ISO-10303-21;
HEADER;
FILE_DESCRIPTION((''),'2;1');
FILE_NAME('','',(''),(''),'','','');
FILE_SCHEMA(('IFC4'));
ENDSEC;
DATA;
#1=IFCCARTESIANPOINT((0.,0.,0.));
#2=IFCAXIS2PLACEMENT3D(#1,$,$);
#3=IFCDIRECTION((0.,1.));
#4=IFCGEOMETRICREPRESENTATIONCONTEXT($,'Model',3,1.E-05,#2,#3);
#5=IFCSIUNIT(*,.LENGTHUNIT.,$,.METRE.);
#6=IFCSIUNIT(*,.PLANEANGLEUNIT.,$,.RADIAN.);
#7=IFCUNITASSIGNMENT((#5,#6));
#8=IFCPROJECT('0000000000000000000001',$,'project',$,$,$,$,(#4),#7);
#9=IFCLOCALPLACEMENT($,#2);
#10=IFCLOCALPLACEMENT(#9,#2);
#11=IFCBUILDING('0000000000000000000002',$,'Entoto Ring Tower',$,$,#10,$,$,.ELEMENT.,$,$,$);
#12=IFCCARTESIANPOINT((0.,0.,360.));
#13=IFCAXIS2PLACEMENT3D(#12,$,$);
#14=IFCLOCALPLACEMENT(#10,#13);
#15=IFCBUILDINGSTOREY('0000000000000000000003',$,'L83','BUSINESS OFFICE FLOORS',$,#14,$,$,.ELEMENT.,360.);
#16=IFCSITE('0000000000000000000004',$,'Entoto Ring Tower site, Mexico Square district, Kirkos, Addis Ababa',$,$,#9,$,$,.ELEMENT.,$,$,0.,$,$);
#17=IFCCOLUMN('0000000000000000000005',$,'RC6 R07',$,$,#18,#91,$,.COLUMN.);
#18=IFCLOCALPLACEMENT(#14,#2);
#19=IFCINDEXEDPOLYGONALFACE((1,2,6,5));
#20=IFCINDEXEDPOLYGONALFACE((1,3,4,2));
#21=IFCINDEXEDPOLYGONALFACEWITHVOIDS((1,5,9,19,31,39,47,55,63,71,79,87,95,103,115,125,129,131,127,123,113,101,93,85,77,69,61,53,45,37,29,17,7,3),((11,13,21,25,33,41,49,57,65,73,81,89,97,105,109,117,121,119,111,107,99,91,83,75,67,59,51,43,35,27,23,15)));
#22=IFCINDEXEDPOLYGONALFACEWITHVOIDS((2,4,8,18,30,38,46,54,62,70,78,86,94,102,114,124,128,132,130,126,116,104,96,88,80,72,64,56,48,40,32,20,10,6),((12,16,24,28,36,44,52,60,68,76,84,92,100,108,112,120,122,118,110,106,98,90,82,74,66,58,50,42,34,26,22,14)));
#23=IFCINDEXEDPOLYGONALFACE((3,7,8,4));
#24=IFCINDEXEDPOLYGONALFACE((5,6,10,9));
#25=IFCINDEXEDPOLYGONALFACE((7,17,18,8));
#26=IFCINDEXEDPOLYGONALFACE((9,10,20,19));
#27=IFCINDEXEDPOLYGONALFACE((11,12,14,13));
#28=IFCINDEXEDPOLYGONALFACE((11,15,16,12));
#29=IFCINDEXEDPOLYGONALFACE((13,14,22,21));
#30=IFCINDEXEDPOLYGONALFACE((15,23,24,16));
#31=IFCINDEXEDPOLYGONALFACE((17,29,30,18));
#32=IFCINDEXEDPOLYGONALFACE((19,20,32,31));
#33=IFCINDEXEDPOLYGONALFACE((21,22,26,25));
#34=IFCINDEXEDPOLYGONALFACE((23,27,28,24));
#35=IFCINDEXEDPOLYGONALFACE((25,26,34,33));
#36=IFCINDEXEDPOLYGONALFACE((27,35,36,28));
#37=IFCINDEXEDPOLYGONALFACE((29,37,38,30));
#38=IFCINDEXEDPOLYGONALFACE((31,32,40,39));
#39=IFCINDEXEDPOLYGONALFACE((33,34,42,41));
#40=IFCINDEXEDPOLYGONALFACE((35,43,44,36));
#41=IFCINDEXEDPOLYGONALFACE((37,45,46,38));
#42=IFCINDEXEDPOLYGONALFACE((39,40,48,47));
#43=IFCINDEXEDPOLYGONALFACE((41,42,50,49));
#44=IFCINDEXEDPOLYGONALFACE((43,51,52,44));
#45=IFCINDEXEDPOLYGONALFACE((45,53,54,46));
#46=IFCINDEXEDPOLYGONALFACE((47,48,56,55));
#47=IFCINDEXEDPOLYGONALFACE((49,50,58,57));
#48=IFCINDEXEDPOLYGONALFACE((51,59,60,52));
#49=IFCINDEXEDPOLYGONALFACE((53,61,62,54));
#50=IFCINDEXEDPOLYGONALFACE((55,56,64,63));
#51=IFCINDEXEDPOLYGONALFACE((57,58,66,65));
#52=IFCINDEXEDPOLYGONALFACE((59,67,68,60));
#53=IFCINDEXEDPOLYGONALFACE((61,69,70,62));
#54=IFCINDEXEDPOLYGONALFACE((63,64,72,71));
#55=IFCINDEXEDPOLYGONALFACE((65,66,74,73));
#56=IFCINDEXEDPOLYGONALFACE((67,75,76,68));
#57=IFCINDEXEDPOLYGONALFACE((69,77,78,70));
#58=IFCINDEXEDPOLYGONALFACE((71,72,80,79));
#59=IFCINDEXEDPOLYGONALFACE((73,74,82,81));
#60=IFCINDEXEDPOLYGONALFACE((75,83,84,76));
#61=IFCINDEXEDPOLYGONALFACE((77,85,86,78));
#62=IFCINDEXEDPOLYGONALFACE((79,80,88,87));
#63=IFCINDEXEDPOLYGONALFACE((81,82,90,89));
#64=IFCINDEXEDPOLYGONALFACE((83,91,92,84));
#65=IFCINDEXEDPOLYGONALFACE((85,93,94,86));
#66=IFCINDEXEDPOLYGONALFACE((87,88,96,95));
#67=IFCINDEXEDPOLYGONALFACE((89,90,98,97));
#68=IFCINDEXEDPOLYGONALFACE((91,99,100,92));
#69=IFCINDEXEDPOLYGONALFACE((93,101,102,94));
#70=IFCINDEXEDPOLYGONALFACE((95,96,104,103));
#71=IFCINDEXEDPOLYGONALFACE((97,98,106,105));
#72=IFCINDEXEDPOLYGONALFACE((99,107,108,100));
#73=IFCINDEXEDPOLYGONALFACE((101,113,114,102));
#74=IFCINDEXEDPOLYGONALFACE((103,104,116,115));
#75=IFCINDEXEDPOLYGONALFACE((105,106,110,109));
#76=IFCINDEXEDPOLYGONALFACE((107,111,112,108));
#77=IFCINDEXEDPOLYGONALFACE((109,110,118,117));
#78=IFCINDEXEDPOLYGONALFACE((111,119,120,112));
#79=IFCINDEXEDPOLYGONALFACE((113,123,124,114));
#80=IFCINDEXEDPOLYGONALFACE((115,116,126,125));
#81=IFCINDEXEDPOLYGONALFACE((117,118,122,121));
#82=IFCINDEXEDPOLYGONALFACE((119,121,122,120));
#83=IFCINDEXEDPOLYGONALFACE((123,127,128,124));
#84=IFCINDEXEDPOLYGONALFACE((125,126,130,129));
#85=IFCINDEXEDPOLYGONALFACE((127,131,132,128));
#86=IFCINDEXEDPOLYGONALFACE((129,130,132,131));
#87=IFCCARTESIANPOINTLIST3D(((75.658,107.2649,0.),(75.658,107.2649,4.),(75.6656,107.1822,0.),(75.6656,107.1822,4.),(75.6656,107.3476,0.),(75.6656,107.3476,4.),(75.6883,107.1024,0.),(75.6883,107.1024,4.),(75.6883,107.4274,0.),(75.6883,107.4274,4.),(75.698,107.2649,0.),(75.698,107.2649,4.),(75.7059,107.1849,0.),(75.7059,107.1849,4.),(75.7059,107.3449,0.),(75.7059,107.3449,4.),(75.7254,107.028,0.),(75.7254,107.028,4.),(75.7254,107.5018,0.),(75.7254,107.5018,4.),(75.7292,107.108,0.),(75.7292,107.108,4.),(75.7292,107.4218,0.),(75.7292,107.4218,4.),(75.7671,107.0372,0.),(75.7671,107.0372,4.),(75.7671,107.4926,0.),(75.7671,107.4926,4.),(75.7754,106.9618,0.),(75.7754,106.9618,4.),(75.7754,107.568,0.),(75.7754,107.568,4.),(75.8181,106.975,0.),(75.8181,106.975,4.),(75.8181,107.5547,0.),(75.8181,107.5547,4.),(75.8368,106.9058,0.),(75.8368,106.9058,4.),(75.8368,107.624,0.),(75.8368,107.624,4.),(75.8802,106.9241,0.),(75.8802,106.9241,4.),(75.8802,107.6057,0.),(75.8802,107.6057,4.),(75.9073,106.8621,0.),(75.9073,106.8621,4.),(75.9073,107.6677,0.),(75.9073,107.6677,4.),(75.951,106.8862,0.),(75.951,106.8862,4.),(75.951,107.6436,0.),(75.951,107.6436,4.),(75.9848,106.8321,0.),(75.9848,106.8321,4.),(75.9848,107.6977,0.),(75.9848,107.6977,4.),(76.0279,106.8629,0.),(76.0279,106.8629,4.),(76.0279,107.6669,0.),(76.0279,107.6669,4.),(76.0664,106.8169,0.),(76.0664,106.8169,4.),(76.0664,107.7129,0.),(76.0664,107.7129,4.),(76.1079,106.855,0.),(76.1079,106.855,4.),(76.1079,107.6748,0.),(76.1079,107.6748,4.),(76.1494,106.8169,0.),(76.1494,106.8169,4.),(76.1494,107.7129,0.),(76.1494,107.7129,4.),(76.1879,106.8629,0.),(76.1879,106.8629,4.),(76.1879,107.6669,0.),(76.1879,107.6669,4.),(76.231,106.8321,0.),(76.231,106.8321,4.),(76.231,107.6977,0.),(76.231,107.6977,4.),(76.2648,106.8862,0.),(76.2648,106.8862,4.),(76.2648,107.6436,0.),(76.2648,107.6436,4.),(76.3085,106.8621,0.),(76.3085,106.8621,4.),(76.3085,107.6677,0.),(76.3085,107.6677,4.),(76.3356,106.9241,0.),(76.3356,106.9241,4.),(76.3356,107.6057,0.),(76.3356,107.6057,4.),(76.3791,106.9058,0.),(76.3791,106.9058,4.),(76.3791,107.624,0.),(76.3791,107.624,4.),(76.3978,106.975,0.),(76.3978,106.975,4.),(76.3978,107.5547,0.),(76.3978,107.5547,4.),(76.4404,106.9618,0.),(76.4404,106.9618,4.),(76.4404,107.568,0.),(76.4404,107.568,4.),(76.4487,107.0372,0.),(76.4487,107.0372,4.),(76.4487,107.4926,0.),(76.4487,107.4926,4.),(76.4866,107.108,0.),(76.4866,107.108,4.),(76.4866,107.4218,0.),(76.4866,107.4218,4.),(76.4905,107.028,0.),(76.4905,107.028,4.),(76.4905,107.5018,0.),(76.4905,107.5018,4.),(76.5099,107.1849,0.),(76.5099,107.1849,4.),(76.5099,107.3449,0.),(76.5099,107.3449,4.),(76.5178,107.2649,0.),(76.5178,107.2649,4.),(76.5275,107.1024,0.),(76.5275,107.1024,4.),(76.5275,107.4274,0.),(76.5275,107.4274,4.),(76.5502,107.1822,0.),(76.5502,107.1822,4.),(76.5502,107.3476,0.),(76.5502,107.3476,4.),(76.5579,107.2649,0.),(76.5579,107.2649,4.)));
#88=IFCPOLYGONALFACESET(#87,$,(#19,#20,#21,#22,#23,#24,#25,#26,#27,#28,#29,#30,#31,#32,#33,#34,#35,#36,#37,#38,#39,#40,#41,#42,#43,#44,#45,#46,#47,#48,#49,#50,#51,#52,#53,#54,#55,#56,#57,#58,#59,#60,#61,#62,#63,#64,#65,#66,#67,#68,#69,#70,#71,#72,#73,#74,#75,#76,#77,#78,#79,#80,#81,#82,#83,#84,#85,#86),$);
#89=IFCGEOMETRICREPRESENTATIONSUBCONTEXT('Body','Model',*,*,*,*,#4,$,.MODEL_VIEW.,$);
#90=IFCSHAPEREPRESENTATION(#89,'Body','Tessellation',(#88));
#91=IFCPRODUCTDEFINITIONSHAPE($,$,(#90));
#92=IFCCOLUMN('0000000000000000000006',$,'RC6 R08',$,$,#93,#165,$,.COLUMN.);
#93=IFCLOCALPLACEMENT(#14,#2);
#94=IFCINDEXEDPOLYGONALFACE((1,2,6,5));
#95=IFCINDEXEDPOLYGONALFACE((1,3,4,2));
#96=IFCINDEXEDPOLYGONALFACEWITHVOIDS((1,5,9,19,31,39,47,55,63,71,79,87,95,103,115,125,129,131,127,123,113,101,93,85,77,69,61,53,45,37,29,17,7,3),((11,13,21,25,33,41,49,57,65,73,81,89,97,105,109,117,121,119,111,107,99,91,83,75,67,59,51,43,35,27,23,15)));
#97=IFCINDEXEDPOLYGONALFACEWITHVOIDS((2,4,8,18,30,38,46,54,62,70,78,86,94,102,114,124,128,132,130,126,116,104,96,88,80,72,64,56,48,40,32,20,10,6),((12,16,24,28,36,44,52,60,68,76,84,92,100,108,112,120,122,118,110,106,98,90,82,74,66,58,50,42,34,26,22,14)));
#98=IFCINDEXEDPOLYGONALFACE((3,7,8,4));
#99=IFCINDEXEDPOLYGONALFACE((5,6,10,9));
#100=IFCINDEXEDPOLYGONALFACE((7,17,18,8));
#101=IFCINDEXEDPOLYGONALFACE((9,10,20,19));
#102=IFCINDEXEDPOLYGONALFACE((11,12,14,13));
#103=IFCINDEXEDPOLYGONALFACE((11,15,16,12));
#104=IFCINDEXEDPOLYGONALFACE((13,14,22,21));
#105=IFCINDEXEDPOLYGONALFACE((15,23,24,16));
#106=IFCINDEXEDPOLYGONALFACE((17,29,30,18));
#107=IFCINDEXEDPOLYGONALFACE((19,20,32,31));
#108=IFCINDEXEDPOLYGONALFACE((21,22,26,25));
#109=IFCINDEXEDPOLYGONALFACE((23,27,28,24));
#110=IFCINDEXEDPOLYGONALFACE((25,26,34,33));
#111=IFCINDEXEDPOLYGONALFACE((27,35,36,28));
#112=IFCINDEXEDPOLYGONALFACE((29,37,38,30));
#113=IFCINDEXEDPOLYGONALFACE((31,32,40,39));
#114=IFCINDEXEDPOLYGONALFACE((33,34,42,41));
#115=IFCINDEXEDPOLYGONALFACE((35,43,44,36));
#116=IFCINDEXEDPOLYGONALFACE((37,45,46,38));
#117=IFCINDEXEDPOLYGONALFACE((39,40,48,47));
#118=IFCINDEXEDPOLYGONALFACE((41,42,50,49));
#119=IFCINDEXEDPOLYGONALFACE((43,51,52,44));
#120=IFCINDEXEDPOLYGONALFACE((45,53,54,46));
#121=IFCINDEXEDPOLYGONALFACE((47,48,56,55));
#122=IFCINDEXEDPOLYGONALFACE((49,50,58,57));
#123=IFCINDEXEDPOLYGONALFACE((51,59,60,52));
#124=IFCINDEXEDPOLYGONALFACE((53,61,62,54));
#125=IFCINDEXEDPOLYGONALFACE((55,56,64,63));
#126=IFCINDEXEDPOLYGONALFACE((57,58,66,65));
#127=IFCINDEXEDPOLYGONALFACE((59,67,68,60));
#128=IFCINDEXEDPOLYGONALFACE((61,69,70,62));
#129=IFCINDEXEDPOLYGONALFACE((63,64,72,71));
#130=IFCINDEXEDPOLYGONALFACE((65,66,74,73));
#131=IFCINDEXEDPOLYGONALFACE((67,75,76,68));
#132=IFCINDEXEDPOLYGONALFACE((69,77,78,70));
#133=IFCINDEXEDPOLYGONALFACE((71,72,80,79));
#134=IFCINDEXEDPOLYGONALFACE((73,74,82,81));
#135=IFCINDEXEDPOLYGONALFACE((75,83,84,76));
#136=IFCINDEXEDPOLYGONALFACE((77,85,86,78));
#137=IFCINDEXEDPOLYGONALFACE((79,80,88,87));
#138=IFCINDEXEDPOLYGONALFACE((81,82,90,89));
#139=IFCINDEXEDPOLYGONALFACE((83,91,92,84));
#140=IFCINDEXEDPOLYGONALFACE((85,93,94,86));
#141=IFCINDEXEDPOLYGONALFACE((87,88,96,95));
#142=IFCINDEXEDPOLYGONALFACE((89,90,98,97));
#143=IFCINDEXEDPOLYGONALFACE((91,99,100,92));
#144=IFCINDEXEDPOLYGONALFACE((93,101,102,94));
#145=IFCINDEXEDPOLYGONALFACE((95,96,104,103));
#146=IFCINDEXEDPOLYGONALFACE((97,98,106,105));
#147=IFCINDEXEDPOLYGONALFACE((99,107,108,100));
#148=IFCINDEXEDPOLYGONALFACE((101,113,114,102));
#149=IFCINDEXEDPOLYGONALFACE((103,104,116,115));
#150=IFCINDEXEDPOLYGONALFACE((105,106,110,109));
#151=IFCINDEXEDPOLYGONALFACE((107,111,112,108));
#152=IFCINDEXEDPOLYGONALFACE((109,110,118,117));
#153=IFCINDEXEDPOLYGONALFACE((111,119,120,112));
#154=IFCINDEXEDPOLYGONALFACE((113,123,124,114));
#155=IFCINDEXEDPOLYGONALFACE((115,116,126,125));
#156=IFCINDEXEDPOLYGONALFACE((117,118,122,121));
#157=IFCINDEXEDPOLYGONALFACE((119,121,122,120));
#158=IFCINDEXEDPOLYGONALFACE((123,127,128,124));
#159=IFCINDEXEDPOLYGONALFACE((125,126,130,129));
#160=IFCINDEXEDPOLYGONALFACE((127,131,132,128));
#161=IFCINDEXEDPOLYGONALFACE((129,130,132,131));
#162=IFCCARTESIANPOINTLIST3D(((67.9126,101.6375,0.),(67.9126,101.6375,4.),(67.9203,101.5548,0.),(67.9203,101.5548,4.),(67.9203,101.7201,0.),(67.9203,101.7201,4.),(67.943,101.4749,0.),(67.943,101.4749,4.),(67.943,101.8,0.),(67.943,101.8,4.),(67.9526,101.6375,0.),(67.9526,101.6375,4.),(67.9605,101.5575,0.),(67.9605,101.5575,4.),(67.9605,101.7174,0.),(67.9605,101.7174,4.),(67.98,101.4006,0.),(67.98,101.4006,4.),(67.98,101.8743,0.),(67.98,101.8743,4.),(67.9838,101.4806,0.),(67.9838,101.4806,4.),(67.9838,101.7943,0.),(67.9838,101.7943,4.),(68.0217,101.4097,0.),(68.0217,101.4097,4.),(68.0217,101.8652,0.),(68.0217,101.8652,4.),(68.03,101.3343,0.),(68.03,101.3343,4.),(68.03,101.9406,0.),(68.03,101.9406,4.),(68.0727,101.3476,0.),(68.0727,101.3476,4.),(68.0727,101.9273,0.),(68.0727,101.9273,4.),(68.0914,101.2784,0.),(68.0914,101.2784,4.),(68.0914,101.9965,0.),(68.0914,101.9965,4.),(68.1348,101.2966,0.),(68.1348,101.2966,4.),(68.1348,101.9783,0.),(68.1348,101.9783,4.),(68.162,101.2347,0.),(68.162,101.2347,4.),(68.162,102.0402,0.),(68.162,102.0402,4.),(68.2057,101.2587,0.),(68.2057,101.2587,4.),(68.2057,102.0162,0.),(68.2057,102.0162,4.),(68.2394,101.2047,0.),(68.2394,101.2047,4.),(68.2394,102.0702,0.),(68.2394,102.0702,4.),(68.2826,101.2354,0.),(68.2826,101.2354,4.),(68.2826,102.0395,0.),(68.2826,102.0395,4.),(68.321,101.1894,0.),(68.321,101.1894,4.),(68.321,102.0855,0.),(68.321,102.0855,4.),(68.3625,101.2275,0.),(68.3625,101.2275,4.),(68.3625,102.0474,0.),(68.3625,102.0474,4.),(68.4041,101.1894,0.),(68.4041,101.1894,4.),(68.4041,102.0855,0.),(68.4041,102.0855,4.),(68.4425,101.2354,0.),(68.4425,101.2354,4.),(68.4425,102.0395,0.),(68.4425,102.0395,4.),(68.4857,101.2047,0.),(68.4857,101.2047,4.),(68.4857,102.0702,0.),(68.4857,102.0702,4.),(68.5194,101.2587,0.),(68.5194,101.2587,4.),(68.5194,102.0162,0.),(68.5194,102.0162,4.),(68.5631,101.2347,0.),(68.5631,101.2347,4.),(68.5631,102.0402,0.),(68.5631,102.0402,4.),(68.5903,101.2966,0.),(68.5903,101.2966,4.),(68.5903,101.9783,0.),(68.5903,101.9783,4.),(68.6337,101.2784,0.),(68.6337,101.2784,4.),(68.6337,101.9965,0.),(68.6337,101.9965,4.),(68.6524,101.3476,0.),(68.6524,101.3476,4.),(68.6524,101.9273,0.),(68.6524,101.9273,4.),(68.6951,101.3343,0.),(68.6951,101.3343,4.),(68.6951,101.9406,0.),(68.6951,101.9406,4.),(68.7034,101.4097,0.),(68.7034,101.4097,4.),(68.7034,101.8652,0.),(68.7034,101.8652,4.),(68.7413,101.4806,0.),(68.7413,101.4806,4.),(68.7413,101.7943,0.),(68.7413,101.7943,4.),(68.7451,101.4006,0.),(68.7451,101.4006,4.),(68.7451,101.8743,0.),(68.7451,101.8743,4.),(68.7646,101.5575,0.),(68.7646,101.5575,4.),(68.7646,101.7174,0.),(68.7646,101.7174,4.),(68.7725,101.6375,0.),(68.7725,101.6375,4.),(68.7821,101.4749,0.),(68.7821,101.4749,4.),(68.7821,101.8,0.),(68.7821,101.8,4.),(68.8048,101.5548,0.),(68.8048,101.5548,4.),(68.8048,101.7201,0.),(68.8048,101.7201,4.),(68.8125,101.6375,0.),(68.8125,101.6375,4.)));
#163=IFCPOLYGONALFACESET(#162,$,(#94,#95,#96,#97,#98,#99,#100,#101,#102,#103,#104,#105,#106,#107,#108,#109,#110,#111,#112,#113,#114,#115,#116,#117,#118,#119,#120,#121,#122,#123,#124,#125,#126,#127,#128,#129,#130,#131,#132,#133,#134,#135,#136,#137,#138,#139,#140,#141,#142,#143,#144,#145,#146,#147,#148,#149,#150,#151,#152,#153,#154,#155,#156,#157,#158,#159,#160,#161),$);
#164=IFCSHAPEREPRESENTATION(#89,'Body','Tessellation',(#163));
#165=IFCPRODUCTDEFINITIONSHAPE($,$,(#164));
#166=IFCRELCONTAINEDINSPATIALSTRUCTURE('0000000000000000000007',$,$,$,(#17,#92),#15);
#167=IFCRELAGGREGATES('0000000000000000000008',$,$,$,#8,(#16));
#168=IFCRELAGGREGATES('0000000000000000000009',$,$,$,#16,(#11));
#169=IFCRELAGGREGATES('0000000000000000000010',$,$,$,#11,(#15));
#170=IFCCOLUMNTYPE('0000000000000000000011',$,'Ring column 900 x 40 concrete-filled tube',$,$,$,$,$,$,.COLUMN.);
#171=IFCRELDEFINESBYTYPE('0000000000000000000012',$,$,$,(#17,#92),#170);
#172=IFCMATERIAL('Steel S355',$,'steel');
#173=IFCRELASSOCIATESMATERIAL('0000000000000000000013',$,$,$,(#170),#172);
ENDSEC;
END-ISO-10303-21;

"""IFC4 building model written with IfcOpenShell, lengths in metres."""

from ifc_helpers import new_model, si_unit, direction, frame, origin, origin_2d, place, context, subcontext, project, spatial, circle, hollow_circle, extrude, material, material_profile, profile_set, type_object, element, save


model = new_model("IFC4")

# Units and contexts
model_context = context("Model", 3, precision=1e-05, world=origin(), true_north=direction((0.0, 1.0)))
body_context = subcontext(model_context, "Body", "Model", "MODEL_VIEW")
ifc_project = project(units=[si_unit("LENGTHUNIT", "METRE"), si_unit("PLANEANGLEUNIT", "RADIAN")], contexts=[model_context])

# Site, building, storey
site_placement = place(None, origin())
site = spatial("IfcSite", under=ifc_project, at=site_placement, Name="Entoto Ring Tower site, Mexico Square district, Kirkos, Addis Ababa", CompositionType="ELEMENT", RefElevation=0.0)
building_placement = place(site_placement, origin())
building = spatial("IfcBuilding", under=site, at=building_placement, Name="Entoto Ring Tower", CompositionType="ELEMENT")
storey_placement = place(building_placement, frame((0.0, 0.0, 360.0)))
storey = spatial("IfcBuildingStorey", under=building, at=storey_placement, Name="L83", Description="BUSINESS OFFICE FLOORS", CompositionType="ELEMENT", Elevation=360.0)

# Columns
ifc_material_1 = material(Name="Steel S355", Category="steel")
ifc_material_profile_1 = material_profile(ifc_material_1, hollow_circle(Radius=0.45, WallThickness=0.04, at=origin_2d()), Name="CHS 900 x 40")
ifc_material_2 = material(Name="Concrete C60/75", Category="concrete")
ifc_material_profile_2 = material_profile(ifc_material_2, circle(Radius=0.4099, at=origin_2d()), Name="Concrete C60/75 infill")
ifc_profile_set_1 = profile_set([ifc_material_profile_1, ifc_material_profile_2], Name="Steel S355")
column_type = type_object("IfcColumnType", Name="Ring column 900 x 40 concrete-filled tube", PredefinedType="COLUMN", material=ifc_profile_set_1)
for number, where, z_axis, x_axis, name in (
    (1, (76.1079, 107.2649, 0.0), (0.0, 0.0, 1.0), (1.0, 0.0, 0.0), "RC6 R07"),
    (2, (68.3625, 101.6375, 0.0), (0.0, 0.0, 1.0), (1.0, 0.0, 0.0), "RC6 R08"),
):
    element("IfcColumn", number, at=place(storey_placement, frame(where, z_axis=z_axis, x_axis=x_axis)), inside=storey, type_object=column_type, Name=name, PredefinedType="COLUMN", context=body_context, shape_type="SweptSolid", body=[
        extrude(hollow_circle(Radius=0.45, WallThickness=0.04, at=origin_2d()), origin(), (0.0, 0.0, 1.0), 4.0),
    ])

save(model, "model.ifc")
